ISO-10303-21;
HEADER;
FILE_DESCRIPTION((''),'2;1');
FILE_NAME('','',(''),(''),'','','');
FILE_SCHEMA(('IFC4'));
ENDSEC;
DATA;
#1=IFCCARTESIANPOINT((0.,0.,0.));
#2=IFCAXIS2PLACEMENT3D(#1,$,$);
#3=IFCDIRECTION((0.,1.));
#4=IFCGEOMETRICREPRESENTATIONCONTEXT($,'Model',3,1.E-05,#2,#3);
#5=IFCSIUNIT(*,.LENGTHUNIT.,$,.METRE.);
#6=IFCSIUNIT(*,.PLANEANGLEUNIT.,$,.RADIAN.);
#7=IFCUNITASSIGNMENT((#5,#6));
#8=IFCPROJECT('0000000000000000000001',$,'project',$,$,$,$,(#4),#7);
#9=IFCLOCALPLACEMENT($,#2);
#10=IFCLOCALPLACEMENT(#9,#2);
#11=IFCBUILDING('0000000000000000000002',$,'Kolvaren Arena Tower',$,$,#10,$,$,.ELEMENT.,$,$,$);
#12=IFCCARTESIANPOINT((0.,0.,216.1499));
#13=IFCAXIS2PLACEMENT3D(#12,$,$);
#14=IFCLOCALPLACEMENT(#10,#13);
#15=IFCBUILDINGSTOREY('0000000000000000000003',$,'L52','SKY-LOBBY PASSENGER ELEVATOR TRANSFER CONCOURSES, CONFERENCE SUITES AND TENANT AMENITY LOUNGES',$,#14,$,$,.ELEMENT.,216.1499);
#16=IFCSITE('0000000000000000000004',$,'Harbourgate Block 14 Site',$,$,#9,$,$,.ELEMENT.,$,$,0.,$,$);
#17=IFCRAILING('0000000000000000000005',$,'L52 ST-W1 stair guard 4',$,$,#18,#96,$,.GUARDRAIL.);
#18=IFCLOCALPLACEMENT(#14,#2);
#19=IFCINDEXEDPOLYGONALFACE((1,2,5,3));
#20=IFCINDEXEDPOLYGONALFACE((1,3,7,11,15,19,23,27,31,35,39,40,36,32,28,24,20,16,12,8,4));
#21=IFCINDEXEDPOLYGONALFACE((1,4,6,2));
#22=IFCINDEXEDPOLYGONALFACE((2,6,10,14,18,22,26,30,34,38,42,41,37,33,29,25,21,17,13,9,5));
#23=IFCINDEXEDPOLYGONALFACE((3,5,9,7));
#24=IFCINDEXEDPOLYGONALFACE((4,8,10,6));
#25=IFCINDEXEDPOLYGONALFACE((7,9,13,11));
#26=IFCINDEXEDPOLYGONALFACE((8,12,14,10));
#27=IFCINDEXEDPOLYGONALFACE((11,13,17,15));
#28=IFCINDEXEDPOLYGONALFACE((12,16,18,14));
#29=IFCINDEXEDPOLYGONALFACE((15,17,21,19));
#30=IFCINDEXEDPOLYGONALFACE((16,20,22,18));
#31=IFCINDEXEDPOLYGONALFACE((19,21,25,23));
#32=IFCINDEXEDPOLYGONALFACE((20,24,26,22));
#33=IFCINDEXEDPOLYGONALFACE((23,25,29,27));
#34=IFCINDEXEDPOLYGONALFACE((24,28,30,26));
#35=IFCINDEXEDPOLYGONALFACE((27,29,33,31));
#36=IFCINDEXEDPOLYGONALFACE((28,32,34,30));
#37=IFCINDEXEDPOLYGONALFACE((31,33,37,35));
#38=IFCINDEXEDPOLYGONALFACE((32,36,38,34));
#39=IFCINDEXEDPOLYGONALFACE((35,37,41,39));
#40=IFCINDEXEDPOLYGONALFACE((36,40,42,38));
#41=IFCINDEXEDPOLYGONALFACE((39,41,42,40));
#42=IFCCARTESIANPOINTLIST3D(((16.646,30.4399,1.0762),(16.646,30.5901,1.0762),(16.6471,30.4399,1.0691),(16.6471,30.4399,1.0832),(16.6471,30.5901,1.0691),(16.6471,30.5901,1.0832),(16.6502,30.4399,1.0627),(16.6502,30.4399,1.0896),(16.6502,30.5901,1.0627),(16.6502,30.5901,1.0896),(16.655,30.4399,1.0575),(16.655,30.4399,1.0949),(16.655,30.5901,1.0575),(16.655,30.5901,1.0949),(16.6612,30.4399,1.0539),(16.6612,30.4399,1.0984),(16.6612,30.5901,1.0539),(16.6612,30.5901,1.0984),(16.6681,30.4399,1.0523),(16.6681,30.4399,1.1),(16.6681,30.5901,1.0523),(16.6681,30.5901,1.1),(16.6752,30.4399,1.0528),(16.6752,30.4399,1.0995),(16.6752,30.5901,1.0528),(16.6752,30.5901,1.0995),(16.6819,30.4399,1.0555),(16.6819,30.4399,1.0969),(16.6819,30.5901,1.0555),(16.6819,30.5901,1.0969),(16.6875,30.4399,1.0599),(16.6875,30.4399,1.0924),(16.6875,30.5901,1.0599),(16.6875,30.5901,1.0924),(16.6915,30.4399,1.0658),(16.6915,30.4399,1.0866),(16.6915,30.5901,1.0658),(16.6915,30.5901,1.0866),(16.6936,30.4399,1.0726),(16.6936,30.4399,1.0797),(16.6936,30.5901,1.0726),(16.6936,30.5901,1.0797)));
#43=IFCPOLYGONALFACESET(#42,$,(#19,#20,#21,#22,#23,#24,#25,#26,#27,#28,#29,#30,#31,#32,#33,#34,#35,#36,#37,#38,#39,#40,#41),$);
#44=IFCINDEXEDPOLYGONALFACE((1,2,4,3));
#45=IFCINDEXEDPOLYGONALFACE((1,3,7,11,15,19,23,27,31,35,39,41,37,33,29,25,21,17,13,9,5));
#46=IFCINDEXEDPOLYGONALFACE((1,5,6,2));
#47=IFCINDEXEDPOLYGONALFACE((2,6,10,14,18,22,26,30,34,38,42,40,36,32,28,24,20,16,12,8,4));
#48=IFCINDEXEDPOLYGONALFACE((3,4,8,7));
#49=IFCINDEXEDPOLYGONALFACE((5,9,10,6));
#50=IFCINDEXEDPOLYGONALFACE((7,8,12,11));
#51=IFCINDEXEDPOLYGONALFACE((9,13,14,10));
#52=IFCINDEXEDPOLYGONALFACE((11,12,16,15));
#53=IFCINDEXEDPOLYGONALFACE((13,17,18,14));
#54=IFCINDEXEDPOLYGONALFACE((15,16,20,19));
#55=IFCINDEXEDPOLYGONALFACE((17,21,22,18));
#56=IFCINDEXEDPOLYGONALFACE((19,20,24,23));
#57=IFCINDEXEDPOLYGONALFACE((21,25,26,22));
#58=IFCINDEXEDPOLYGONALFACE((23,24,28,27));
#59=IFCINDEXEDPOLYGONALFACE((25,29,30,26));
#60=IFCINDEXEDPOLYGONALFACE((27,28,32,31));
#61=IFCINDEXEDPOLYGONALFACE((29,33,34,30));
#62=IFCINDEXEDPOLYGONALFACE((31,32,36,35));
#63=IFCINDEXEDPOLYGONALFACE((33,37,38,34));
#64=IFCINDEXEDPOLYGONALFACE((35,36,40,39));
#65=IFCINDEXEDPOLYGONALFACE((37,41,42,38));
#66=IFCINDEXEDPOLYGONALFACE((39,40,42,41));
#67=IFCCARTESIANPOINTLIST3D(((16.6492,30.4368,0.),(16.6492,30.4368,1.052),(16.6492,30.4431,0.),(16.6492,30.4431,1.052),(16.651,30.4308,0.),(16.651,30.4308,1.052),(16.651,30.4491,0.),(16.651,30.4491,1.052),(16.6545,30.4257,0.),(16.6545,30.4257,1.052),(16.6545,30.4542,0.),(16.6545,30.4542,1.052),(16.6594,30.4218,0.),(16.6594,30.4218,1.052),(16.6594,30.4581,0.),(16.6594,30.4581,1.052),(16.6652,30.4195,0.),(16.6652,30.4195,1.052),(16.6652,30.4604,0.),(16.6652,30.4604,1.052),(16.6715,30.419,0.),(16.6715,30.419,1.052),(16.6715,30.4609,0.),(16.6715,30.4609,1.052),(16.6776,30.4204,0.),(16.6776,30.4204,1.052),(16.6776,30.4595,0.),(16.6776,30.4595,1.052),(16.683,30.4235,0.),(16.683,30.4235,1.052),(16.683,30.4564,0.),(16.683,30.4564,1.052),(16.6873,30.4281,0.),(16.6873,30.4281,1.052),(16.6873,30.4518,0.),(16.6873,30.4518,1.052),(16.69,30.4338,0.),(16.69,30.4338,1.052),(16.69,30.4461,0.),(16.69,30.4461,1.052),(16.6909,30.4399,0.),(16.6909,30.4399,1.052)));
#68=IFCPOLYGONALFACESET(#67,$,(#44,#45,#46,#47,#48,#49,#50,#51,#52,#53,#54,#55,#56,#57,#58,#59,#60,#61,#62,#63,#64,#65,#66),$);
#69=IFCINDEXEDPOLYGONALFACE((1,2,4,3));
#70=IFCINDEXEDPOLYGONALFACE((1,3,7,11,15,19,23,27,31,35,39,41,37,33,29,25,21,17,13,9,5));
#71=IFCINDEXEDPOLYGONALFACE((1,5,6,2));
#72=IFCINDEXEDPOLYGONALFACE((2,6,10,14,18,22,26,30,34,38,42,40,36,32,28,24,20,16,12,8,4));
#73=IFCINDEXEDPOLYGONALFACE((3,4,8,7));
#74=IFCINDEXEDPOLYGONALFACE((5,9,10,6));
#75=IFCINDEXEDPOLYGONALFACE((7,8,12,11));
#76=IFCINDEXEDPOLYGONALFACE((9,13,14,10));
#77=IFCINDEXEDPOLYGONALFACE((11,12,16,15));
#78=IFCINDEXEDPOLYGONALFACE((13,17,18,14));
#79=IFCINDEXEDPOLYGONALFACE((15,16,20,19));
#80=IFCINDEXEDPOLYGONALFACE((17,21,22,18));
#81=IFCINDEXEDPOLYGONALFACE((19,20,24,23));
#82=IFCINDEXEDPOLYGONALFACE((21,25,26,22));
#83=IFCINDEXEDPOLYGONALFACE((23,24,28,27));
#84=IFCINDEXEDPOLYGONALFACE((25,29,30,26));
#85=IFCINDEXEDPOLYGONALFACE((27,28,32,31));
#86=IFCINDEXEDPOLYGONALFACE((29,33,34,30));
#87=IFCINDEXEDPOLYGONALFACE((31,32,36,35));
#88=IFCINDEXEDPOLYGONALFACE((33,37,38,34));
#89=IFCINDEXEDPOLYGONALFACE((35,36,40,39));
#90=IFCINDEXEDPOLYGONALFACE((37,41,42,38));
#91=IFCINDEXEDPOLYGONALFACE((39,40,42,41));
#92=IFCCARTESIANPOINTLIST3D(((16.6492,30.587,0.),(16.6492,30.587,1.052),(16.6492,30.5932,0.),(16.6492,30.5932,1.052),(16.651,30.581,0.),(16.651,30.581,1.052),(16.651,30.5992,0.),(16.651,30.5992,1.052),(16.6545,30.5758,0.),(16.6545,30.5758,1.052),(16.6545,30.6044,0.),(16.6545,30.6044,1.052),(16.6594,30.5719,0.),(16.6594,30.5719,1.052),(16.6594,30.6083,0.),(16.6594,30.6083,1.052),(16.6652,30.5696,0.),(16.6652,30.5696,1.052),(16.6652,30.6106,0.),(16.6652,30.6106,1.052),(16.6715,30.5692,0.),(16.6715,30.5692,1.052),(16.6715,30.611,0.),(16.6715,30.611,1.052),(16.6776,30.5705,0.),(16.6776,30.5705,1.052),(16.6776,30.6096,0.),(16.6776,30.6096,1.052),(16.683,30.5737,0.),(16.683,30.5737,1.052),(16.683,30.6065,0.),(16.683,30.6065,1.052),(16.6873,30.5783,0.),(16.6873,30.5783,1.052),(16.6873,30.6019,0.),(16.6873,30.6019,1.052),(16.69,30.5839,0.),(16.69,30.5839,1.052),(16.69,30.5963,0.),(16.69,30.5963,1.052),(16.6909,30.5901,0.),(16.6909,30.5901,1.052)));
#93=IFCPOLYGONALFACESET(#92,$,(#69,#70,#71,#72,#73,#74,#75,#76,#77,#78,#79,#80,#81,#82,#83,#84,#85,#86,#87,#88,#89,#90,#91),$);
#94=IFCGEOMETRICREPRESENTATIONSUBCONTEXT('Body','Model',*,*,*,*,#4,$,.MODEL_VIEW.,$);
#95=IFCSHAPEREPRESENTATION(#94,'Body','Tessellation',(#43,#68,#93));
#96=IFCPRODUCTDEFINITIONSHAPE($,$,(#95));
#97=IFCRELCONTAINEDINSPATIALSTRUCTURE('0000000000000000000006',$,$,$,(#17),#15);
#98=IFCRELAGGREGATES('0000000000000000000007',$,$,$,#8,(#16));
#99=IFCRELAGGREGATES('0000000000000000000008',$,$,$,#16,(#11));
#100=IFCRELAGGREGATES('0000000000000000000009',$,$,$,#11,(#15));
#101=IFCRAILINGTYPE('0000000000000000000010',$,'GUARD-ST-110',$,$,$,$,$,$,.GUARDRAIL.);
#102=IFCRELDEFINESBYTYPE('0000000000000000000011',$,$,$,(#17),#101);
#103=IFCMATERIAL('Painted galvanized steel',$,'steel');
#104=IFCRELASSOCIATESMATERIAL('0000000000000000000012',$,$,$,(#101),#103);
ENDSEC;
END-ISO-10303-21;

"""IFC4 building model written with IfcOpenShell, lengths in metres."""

from ifc_helpers import new_model, si_unit, direction, frame, origin, origin_2d, place, context, subcontext, project, spatial, circle, extrude, material, type_object, element, save


model = new_model("IFC4")

# Units and contexts
model_context = context("Model", 3, precision=1e-05, world=origin(), true_north=direction((0.0, 1.0)))
body_context = subcontext(model_context, "Body", "Model", "MODEL_VIEW")
ifc_project = project(units=[si_unit("LENGTHUNIT", "METRE"), si_unit("PLANEANGLEUNIT", "RADIAN")], contexts=[model_context])

# Site, building, storey
site_placement = place(None, origin())
site = spatial("IfcSite", under=ifc_project, at=site_placement, Name="Harbourgate Block 14 Site", CompositionType="ELEMENT", RefElevation=0.0)
building_placement = place(site_placement, origin())
building = spatial("IfcBuilding", under=site, at=building_placement, Name="Kolvaren Arena Tower", CompositionType="ELEMENT")
storey_placement = place(building_placement, frame((0.0, 0.0, 216.1499)))
storey = spatial("IfcBuildingStorey", under=building, at=storey_placement, Name="L52", Description="SKY-LOBBY PASSENGER ELEVATOR TRANSFER CONCOURSES, CONFERENCE SUITES AND TENANT AMENITY LOUNGES", CompositionType="ELEMENT", Elevation=216.1499)

# Railing
ifc_material_1 = material(Name="Painted galvanized steel", Category="steel")
railing_type_1 = type_object("IfcRailingType", Name="GUARD-ST-110", PredefinedType="GUARDRAIL", material=ifc_material_1)
railing_1_placement = place(storey_placement, frame((16.6699, 30.4399, 0.0)))
element("IfcRailing", 1, at=railing_1_placement, inside=storey, type_object=railing_type_1, Name="L52 ST-W1 stair guard 4", PredefinedType="GUARDRAIL", context=body_context, shape_type="SweptSolid", body=[
    extrude(circle(Radius=0.0239, at=origin_2d()), frame((0.0, 0.0, 1.0762), z_axis=(0.0, 1.0, 0.0), x_axis=(-1.0, 0.0, 0.0)), (0.0, 0.0, 1.0), 0.1501),
    extrude(circle(Radius=0.021, at=origin_2d()), origin(), (0.0, 0.0, 1.0), 1.052),
    extrude(circle(Radius=0.021, at=origin_2d()), frame((0.0, 0.1501, 0.0)), (0.0, 0.0, 1.0), 1.052),
])

save(model, "model.ifc")
